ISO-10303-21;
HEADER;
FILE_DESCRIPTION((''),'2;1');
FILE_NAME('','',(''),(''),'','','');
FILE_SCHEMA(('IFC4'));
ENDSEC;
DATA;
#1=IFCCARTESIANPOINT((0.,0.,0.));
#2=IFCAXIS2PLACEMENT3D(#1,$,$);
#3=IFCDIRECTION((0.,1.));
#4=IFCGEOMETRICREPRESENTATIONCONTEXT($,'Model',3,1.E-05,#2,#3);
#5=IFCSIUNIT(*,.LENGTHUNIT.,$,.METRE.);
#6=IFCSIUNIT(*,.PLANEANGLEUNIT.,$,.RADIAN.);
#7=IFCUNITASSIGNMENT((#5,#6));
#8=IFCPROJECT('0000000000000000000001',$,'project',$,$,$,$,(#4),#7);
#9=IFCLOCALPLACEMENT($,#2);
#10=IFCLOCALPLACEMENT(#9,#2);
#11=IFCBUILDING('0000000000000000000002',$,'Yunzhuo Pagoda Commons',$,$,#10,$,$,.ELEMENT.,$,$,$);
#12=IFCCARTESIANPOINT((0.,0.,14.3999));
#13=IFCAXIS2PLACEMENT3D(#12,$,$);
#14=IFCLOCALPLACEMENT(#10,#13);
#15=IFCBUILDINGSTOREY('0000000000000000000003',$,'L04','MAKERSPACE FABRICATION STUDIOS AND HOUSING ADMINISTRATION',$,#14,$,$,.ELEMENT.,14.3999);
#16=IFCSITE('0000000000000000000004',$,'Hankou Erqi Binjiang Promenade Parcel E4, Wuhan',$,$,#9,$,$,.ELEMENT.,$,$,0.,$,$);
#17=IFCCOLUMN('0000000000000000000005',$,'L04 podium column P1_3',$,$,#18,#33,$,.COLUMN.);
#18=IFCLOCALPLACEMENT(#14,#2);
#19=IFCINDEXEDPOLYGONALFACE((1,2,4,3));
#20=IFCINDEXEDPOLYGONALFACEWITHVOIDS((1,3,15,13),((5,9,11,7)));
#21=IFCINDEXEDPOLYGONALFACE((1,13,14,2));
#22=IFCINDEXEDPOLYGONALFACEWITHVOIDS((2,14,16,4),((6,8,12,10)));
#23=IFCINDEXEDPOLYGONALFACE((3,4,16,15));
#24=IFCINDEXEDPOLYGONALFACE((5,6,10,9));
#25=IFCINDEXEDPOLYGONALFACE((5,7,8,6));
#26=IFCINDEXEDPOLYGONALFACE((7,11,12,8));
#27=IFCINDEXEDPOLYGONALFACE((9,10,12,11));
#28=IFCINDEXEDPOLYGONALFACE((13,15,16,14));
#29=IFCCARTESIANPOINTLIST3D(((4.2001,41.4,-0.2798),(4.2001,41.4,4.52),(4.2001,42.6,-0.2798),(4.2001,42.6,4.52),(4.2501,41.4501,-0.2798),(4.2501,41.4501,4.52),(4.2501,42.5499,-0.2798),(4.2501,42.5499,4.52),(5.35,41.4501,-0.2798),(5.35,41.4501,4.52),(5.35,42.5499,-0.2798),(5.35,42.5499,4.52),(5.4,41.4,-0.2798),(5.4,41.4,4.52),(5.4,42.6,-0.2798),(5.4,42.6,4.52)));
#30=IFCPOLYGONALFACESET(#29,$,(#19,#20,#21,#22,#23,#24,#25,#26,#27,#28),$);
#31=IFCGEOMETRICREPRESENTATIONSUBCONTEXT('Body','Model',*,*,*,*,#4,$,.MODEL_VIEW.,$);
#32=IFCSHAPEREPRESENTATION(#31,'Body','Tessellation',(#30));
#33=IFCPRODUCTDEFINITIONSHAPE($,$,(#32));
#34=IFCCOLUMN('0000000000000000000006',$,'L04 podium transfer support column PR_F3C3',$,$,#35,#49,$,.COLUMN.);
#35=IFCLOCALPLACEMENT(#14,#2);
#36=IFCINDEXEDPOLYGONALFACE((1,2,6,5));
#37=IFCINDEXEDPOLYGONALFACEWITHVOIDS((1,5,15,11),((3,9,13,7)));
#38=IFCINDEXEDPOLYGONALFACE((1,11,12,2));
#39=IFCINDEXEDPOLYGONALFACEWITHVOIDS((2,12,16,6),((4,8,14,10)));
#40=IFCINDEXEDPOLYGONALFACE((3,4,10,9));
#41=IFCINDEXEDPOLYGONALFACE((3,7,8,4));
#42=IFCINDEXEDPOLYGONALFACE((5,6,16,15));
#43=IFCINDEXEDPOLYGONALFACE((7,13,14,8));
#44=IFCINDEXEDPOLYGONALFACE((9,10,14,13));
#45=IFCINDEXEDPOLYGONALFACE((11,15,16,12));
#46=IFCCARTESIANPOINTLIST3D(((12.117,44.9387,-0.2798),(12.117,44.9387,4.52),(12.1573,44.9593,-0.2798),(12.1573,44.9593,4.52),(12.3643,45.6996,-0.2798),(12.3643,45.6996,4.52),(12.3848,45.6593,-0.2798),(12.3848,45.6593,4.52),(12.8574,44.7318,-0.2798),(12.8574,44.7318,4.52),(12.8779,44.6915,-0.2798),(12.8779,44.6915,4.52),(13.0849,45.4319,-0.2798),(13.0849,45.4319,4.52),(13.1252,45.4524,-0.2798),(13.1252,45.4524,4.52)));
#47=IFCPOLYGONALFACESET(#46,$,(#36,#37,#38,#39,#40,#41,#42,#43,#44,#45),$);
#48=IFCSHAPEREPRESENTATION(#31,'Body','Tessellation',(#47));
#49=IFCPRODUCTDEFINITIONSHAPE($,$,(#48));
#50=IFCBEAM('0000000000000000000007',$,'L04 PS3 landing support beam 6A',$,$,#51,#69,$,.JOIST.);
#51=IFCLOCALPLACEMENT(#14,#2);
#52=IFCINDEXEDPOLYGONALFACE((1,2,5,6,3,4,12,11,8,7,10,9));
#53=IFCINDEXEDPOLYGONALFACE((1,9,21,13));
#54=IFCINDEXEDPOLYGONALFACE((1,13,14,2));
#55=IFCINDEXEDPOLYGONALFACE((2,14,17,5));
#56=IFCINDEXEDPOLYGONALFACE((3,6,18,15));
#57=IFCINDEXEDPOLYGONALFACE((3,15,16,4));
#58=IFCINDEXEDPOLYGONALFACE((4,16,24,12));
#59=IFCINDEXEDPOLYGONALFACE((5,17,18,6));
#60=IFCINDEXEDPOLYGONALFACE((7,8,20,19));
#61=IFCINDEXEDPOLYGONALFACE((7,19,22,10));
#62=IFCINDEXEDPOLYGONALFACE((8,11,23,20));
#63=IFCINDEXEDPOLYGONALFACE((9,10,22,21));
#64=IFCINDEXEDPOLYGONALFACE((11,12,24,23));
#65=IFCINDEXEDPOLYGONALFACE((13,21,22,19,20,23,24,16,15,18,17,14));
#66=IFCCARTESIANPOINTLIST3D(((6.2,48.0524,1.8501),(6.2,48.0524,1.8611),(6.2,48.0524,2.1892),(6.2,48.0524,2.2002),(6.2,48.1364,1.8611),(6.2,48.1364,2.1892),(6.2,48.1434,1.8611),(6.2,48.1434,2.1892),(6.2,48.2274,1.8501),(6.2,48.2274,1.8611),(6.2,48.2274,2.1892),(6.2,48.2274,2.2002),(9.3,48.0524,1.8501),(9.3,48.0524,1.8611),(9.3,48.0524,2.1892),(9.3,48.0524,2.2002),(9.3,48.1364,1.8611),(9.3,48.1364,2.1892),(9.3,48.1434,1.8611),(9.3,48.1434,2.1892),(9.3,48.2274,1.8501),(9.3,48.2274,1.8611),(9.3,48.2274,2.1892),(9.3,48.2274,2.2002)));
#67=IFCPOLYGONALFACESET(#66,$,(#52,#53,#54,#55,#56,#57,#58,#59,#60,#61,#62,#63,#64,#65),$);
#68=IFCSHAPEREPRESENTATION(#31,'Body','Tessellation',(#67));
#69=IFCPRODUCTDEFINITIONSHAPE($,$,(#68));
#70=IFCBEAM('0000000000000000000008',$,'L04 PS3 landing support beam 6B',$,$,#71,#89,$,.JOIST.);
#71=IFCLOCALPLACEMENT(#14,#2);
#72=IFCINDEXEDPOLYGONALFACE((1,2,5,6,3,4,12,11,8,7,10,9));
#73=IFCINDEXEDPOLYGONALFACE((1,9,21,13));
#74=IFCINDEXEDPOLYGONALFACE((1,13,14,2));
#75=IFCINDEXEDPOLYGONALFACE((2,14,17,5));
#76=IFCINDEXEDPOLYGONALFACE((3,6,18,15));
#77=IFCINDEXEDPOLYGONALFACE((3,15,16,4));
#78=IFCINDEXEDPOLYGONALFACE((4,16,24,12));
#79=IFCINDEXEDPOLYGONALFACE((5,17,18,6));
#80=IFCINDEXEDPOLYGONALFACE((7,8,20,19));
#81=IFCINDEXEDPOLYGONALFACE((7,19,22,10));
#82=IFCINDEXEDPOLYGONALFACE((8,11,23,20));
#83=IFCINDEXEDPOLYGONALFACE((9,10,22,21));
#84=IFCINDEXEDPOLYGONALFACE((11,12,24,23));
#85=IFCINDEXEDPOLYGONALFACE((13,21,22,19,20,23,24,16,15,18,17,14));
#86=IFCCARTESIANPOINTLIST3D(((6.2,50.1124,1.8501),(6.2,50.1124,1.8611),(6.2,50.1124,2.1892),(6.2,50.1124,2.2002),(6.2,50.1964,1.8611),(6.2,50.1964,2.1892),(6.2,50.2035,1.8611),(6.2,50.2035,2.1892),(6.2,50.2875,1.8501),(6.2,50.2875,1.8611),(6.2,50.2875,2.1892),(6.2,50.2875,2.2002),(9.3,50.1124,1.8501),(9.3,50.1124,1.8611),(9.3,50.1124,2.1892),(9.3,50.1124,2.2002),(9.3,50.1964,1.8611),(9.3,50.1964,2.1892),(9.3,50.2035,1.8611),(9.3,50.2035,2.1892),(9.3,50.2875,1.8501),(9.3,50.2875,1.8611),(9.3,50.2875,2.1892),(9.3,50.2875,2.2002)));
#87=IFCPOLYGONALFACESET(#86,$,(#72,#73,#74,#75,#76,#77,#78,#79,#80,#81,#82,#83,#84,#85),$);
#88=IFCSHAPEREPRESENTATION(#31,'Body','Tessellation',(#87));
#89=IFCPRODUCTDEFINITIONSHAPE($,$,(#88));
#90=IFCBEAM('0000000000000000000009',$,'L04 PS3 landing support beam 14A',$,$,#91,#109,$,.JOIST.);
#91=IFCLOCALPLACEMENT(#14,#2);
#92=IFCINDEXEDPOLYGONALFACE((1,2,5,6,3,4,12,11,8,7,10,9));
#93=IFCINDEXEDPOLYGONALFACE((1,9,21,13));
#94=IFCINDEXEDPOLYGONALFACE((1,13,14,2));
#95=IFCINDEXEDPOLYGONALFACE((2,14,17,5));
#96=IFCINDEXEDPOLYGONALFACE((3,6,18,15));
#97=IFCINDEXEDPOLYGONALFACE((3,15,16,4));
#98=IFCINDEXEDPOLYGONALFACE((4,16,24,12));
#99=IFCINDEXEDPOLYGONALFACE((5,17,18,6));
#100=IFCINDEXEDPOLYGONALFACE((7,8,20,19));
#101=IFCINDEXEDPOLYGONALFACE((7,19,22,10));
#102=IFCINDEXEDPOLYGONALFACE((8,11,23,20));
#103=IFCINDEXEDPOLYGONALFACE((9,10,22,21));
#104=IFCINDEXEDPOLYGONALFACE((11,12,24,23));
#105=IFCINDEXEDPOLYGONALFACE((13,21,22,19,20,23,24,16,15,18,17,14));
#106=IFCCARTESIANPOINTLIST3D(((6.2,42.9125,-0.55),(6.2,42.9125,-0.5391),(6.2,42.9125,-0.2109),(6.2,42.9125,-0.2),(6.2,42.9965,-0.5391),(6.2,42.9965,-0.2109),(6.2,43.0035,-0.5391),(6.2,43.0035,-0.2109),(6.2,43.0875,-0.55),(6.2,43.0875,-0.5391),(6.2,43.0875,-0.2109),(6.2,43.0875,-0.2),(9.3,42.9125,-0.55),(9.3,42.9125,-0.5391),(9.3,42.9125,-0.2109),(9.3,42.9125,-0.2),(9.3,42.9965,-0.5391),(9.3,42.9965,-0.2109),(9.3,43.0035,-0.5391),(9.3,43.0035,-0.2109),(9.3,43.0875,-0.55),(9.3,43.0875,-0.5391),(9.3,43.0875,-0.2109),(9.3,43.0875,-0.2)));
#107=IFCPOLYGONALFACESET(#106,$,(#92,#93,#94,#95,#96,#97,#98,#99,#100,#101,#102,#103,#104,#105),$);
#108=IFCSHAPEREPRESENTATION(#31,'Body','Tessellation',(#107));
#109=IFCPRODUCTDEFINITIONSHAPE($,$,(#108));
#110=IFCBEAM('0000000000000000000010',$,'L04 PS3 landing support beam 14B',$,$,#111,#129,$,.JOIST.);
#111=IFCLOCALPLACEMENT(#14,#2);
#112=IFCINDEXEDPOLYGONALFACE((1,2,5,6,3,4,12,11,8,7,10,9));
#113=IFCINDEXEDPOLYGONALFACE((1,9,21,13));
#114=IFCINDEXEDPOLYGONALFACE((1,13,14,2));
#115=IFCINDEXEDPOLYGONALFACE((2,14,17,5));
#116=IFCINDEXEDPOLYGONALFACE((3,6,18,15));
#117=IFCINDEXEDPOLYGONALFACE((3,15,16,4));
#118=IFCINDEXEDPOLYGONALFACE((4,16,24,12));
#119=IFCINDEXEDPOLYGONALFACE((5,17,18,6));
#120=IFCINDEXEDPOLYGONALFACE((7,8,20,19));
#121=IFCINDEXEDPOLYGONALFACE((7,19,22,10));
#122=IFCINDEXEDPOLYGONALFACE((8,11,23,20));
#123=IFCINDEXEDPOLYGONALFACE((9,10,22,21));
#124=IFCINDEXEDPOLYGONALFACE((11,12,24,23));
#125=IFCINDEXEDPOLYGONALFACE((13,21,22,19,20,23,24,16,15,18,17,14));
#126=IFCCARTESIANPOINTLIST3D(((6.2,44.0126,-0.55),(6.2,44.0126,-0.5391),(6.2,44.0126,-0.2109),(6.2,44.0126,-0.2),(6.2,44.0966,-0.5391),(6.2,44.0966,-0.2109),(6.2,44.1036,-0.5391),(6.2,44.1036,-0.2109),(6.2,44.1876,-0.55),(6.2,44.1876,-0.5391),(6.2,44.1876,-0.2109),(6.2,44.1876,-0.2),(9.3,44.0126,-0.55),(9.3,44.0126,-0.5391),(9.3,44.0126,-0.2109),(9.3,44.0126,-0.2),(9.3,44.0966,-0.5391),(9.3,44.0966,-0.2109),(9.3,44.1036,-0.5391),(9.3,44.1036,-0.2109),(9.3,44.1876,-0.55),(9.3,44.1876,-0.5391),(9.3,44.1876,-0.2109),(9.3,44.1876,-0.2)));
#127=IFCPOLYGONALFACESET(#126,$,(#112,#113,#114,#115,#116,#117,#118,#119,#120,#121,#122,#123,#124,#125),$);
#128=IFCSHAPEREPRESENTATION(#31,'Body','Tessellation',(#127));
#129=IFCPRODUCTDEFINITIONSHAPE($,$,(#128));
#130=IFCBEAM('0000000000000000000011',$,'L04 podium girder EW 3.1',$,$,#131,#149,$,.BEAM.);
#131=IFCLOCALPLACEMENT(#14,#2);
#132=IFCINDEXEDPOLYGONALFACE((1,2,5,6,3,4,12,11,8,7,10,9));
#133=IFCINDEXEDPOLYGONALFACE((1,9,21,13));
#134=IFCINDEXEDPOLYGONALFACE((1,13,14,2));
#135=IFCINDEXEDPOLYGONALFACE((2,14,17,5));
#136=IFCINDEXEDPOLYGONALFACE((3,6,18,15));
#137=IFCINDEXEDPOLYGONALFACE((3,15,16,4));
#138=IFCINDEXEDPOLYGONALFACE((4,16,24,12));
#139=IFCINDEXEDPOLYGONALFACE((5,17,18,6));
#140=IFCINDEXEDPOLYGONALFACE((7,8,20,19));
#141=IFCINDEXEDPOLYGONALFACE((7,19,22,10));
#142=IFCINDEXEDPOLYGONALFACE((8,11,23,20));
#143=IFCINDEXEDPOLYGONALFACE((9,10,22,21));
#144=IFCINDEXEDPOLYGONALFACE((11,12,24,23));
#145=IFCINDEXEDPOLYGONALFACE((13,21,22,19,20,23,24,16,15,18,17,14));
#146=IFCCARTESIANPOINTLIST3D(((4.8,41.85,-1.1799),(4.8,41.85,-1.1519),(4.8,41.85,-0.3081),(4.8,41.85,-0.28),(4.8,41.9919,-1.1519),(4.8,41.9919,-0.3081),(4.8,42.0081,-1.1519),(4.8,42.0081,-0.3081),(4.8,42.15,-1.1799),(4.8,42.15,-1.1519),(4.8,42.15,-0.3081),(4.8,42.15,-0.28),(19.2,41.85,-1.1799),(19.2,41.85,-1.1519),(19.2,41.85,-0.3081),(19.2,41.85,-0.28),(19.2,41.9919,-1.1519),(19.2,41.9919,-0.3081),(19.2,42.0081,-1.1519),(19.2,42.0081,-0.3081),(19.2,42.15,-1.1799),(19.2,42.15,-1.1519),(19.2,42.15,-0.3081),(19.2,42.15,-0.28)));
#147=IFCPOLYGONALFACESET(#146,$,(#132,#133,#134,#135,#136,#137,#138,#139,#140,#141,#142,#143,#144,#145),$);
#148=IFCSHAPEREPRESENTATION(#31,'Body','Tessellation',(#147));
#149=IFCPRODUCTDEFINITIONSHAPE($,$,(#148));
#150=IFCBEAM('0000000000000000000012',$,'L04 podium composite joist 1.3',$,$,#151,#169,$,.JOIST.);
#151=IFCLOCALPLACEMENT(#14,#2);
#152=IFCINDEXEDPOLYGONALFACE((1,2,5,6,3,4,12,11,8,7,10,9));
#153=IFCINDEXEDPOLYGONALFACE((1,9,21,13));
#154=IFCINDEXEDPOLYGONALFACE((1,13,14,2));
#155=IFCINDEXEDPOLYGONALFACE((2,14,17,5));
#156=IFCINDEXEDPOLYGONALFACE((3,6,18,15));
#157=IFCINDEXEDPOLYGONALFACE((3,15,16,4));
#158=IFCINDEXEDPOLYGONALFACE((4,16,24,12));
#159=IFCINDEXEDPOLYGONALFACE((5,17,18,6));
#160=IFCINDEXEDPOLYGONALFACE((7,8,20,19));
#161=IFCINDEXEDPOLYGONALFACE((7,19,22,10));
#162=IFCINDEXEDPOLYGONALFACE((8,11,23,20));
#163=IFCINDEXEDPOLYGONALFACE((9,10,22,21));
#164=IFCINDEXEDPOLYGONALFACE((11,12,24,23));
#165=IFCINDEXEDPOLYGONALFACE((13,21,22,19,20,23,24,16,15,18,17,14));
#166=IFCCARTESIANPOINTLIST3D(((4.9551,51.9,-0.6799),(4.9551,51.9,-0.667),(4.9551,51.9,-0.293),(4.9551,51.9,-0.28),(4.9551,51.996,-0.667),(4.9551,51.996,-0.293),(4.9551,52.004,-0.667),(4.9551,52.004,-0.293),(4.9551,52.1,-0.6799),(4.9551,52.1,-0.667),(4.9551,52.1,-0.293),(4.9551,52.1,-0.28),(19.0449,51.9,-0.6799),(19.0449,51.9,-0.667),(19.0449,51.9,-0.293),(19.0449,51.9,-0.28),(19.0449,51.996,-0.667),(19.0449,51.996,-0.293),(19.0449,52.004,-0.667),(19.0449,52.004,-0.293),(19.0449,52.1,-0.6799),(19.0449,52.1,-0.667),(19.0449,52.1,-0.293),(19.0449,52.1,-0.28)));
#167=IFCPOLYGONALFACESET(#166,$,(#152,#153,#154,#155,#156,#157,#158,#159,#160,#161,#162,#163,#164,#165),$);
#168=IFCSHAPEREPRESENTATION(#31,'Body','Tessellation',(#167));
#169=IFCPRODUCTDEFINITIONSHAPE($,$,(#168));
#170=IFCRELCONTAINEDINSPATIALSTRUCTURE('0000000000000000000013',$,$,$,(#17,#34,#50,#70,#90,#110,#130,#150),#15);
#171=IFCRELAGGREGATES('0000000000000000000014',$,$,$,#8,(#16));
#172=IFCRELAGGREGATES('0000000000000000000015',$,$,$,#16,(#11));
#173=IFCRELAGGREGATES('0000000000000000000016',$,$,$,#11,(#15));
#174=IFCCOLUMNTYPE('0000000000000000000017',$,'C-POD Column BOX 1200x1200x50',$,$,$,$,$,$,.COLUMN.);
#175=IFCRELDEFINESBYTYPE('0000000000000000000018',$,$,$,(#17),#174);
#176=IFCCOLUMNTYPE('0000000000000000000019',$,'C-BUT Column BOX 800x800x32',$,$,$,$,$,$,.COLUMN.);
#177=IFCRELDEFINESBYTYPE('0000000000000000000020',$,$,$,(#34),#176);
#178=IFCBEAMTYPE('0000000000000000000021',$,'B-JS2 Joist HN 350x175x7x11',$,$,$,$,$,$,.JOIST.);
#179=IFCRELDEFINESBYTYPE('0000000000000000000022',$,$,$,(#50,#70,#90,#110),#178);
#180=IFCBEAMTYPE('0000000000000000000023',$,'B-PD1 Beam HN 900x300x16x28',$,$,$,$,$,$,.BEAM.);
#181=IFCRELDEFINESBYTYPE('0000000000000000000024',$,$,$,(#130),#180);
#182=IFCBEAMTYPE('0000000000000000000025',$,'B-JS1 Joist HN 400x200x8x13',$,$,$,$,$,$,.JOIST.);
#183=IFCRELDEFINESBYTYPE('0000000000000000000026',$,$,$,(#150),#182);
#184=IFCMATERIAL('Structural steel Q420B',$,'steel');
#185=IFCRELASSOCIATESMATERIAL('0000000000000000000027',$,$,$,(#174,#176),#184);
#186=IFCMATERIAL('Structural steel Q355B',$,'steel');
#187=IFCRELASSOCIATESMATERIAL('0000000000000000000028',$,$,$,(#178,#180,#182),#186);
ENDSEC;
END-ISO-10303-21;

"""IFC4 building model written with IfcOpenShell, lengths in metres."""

from ifc_helpers import new_model, si_unit, direction, frame, origin, origin_2d, place, context, subcontext, project, spatial, hollow_rectangle, i_section, extrude, source, transform, mapped, material, material_profile, profile_set, type_object, element, save


model = new_model("IFC4")

# Units and contexts
model_context = context("Model", 3, precision=1e-05, world=origin(), true_north=direction((0.0, 1.0)))
body_context = subcontext(model_context, "Body", "Model", "MODEL_VIEW")
ifc_project = project(units=[si_unit("LENGTHUNIT", "METRE"), si_unit("PLANEANGLEUNIT", "RADIAN")], contexts=[model_context])

# Site, building, storey
site_placement = place(None, origin())
site = spatial("IfcSite", under=ifc_project, at=site_placement, Name="Hankou Erqi Binjiang Promenade Parcel E4, Wuhan", CompositionType="ELEMENT", RefElevation=0.0)
building_placement = place(site_placement, origin())
building = spatial("IfcBuilding", under=site, at=building_placement, Name="Yunzhuo Pagoda Commons", CompositionType="ELEMENT")
storey_placement = place(building_placement, frame((0.0, 0.0, 14.3999)))
storey = spatial("IfcBuildingStorey", under=building, at=storey_placement, Name="L04", Description="MAKERSPACE FABRICATION STUDIOS AND HOUSING ADMINISTRATION", CompositionType="ELEMENT", Elevation=14.3999)

# Columns
ifc_material_1 = material(Name="Structural steel Q420B", Category="steel")
ifc_material_profile_1 = material_profile(ifc_material_1, hollow_rectangle(XDim=1.2, YDim=1.2, WallThickness=0.05, at=origin_2d()), Name="Structural steel Q420B")
ifc_profile_set_1 = profile_set([ifc_material_profile_1], Name="Structural steel Q420B")
column_type_1 = type_object("IfcColumnType", Name="C-POD Column BOX 1200x1200x50", PredefinedType="COLUMN", material=ifc_profile_set_1)
shared_shape_1 = source(origin(), body_context, "Body", "SweptSolid", [
    extrude(hollow_rectangle(XDim=1.2, YDim=1.2, WallThickness=0.05, at=origin_2d()), origin(), (0.0, 0.0, 1.0), 4.7998),
])
column_1_placement = place(storey_placement, frame((4.8, 42.0, -0.2798), z_axis=(0.0, 0.0, 1.0), x_axis=(1.0, 0.0, 0.0)))
element("IfcColumn", 1, at=column_1_placement, inside=storey, type_object=column_type_1, Name="L04 podium column P1_3", PredefinedType="COLUMN", context=body_context, shape_type="MappedRepresentation", body=[
    mapped(shared_shape_1, transform((0.0, 0.0, 0.0), scale=1.0)),
])
ifc_material_profile_2 = material_profile(ifc_material_1, hollow_rectangle(XDim=0.8, YDim=0.8, WallThickness=0.032, at=origin_2d()), Name="Structural steel Q420B")
ifc_profile_set_2 = profile_set([ifc_material_profile_2], Name="Structural steel Q420B")
column_type_2 = type_object("IfcColumnType", Name="C-BUT Column BOX 800x800x32", PredefinedType="COLUMN", material=ifc_profile_set_2)
shared_shape_2 = source(origin(), body_context, "Body", "SweptSolid", [
    extrude(hollow_rectangle(XDim=0.8, YDim=0.8, WallThickness=0.032, at=origin_2d()), origin(), (0.0, 0.0, 1.0), 4.7998),
])
column_2_placement = place(storey_placement, frame((12.6211, 45.1956, -0.2798), z_axis=(0.0, 0.0, 1.0), x_axis=(-0.309017, -0.951057, 0.0)))
element("IfcColumn", 2, at=column_2_placement, inside=storey, type_object=column_type_2, Name="L04 podium transfer support column PR_F3C3", PredefinedType="COLUMN", context=body_context, shape_type="MappedRepresentation", body=[
    mapped(shared_shape_2, transform((0.0, 0.0, 0.0), scale=1.0)),
])

# Beams
ifc_material_2 = material(Name="Structural steel Q355B", Category="steel")
ifc_material_profile_3 = material_profile(ifc_material_2, i_section(OverallWidth=0.175, OverallDepth=0.3501, WebThickness=0.0071, FlangeThickness=0.011, at=origin_2d()), Name="Structural steel Q355B")
ifc_profile_set_3 = profile_set([ifc_material_profile_3], Name="Structural steel Q355B")
beam_type_1 = type_object("IfcBeamType", Name="B-JS2 Joist HN 350x175x7x11", PredefinedType="JOIST", material=ifc_profile_set_3)
shared_shape_3 = source(origin(), body_context, "Body", "SweptSolid", [
    extrude(i_section(OverallWidth=0.175, OverallDepth=0.3501, WebThickness=0.0071, FlangeThickness=0.011, at=origin_2d()), origin(), (0.0, 0.0, 1.0), 3.1001),
])
for number, where, z_axis, x_axis, name in (
    (3, (6.2, 48.1399, 2.0251), (1.0, 0.0, 0.0), (0.0, 1.0, 0.0), "L04 PS3 landing support beam 6A"),
    (4, (6.2, 50.2, 2.0251), (1.0, 0.0, 0.0), (0.0, 1.0, 0.0), "L04 PS3 landing support beam 6B"),
    (5, (6.2, 43.0, -0.375), (1.0, 0.0, 0.0), (0.0, 1.0, 0.0), "L04 PS3 landing support beam 14A"),
    (6, (6.2, 44.1001, -0.375), (1.0, 0.0, 0.0), (0.0, 1.0, 0.0), "L04 PS3 landing support beam 14B"),
):
    element("IfcBeam", number, at=place(storey_placement, frame(where, z_axis=z_axis, x_axis=x_axis)), inside=storey, type_object=beam_type_1, Name=name, PredefinedType="JOIST", context=body_context, shape_type="MappedRepresentation", body=[
        mapped(shared_shape_3, transform((0.0, 0.0, 0.0), scale=1.0)),
    ])
ifc_material_profile_4 = material_profile(ifc_material_2, i_section(OverallWidth=0.3, OverallDepth=0.8999, WebThickness=0.0161, FlangeThickness=0.0281, at=origin_2d()), Name="Structural steel Q355B")
ifc_profile_set_4 = profile_set([ifc_material_profile_4], Name="Structural steel Q355B")
beam_type_2 = type_object("IfcBeamType", Name="B-PD1 Beam HN 900x300x16x28", PredefinedType="BEAM", material=ifc_profile_set_4)
shared_shape_4 = source(origin(), body_context, "Body", "SweptSolid", [
    extrude(i_section(OverallWidth=0.3, OverallDepth=0.8999, WebThickness=0.0161, FlangeThickness=0.0281, at=origin_2d()), origin(), (0.0, 0.0, 1.0), 14.3999),
])
beam_1_placement = place(storey_placement, frame((4.8, 42.0, -0.73), z_axis=(1.0, 0.0, 0.0), x_axis=(0.0, 1.0, 0.0)))
element("IfcBeam", 7, at=beam_1_placement, inside=storey, type_object=beam_type_2, Name="L04 podium girder EW 3.1", PredefinedType="BEAM", context=body_context, shape_type="MappedRepresentation", body=[
    mapped(shared_shape_4, transform((0.0, 0.0, 0.0), scale=1.0)),
])
ifc_material_profile_5 = material_profile(ifc_material_2, i_section(OverallWidth=0.2, OverallDepth=0.3999, WebThickness=0.0081, FlangeThickness=0.0129, at=origin_2d()), Name="Structural steel Q355B")
ifc_profile_set_5 = profile_set([ifc_material_profile_5], Name="Structural steel Q355B")
beam_type_3 = type_object("IfcBeamType", Name="B-JS1 Joist HN 400x200x8x13", PredefinedType="JOIST", material=ifc_profile_set_5)
shared_shape_5 = source(origin(), body_context, "Body", "SweptSolid", [
    extrude(i_section(OverallWidth=0.2, OverallDepth=0.3999, WebThickness=0.0081, FlangeThickness=0.0129, at=origin_2d()), origin(), (0.0, 0.0, 1.0), 14.0898),
])
beam_2_placement = place(storey_placement, frame((4.9551, 52.0, -0.48), z_axis=(1.0, 0.0, 0.0), x_axis=(0.0, 1.0, 0.0)))
element("IfcBeam", 8, at=beam_2_placement, inside=storey, type_object=beam_type_3, Name="L04 podium composite joist 1.3", PredefinedType="JOIST", context=body_context, shape_type="MappedRepresentation", body=[
    mapped(shared_shape_5, transform((0.0, 0.0, 0.0), scale=1.0)),
])

save(model, "model.ifc")
